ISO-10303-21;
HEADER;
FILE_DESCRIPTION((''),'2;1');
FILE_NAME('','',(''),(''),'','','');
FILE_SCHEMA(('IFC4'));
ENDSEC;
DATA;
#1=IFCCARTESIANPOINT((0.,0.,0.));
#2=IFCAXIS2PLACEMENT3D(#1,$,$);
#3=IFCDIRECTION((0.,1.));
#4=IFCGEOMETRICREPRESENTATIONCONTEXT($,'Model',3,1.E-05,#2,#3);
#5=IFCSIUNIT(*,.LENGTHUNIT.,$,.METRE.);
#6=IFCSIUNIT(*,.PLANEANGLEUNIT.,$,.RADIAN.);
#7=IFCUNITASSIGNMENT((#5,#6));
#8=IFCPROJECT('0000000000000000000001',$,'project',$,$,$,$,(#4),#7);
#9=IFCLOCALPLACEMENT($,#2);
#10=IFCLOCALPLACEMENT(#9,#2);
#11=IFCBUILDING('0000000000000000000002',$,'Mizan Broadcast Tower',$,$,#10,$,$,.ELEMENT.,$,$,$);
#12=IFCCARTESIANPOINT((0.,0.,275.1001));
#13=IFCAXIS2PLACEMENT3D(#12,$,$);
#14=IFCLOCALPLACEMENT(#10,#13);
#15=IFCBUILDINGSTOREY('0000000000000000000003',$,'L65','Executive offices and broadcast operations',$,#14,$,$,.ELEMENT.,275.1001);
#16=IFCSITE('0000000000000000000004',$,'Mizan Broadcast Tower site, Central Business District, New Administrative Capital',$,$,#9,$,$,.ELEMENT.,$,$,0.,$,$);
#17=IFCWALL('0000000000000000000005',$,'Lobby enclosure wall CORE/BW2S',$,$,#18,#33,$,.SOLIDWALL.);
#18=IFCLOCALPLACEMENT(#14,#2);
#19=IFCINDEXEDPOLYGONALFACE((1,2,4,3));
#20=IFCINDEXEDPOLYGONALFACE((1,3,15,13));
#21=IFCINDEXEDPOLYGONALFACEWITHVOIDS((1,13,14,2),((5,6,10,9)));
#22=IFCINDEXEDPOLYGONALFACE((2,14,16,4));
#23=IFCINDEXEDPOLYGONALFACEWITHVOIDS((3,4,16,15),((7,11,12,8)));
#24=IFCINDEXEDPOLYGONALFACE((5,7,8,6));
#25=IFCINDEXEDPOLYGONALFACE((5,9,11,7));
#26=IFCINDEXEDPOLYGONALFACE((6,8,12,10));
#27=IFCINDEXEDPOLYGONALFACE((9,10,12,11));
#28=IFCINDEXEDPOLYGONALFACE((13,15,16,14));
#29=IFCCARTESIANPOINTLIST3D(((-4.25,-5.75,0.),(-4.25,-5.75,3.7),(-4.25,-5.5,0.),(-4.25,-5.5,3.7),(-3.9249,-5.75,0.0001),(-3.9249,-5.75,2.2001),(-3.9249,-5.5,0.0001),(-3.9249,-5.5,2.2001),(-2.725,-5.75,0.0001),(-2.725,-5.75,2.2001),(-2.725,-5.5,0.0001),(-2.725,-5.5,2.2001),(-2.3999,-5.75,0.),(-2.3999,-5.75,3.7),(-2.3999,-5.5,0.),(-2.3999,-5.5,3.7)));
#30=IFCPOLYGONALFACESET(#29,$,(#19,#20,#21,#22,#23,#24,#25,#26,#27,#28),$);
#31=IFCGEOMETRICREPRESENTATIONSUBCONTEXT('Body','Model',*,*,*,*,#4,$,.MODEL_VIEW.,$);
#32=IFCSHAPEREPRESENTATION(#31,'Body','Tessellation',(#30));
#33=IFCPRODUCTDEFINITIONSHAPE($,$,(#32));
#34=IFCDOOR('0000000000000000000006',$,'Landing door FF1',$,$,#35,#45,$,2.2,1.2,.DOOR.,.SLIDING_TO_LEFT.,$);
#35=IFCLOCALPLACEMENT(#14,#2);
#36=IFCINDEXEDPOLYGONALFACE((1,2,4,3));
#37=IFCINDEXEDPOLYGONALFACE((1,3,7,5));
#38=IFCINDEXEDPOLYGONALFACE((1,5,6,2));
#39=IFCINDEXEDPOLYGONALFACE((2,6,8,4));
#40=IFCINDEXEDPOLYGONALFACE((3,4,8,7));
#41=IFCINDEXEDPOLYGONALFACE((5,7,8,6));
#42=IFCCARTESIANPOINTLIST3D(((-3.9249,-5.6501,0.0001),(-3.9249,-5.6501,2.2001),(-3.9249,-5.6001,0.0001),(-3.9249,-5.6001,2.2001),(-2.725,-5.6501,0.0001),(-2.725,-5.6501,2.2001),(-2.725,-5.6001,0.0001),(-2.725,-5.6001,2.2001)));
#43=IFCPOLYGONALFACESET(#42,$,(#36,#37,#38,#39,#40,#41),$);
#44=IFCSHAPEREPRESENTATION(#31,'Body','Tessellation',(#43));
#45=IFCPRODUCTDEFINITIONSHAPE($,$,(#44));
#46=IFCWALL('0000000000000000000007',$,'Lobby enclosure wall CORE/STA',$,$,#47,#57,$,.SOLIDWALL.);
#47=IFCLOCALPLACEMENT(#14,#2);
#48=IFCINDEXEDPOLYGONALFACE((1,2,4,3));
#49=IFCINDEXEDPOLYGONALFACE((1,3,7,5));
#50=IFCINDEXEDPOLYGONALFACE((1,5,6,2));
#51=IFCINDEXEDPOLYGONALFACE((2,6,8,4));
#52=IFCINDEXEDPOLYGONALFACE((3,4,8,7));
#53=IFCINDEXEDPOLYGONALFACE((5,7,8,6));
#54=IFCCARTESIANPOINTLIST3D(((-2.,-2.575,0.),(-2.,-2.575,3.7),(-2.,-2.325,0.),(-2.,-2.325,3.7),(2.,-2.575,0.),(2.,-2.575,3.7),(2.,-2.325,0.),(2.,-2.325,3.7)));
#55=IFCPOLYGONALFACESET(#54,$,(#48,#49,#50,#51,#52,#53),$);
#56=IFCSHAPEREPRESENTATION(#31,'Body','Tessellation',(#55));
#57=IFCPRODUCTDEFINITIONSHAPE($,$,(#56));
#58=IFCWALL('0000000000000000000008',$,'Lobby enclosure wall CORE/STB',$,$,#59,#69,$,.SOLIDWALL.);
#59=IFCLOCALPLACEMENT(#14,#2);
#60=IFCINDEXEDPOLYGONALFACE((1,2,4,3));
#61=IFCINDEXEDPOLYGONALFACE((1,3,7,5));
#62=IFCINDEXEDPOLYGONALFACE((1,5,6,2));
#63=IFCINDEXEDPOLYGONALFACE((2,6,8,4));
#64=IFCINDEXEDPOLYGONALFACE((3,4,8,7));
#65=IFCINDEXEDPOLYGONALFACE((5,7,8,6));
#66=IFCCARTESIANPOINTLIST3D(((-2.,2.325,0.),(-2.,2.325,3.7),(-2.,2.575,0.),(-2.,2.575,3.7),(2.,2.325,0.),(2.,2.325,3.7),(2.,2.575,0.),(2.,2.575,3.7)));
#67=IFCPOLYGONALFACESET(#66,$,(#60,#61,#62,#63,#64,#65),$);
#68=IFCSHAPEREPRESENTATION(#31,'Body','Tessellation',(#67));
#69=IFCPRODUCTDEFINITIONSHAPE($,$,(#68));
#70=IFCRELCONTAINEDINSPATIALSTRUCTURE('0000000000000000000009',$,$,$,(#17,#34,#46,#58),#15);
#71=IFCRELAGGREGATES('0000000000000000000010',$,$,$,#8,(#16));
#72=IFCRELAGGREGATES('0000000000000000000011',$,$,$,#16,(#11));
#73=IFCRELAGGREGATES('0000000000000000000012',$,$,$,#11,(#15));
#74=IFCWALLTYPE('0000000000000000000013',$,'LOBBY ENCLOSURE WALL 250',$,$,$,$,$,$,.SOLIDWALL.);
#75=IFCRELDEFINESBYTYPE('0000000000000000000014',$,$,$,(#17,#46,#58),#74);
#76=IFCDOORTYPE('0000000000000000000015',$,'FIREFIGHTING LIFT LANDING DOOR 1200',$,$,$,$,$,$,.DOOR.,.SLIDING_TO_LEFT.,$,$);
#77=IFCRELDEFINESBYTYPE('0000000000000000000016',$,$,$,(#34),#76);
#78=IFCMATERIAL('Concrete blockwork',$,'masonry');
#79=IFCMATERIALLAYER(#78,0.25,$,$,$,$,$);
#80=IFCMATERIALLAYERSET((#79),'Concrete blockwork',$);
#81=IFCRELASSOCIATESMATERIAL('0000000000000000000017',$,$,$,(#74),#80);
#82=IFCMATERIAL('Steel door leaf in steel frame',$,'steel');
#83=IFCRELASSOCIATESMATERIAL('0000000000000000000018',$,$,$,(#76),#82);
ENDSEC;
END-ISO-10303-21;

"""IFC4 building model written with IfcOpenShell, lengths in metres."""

from ifc_helpers import new_model, si_unit, direction, frame, frame_2d, origin, place, context, subcontext, project, spatial, rectangle, extrude, material, layer, layer_set, type_object, element, fill, save


model = new_model("IFC4")

# Units and contexts
model_context = context("Model", 3, precision=1e-05, world=origin(), true_north=direction((0.0, 1.0)))
body_context = subcontext(model_context, "Body", "Model", "MODEL_VIEW")
ifc_project = project(units=[si_unit("LENGTHUNIT", "METRE"), si_unit("PLANEANGLEUNIT", "RADIAN")], contexts=[model_context])

# Site, building, storey
site_placement = place(None, origin())
site = spatial("IfcSite", under=ifc_project, at=site_placement, Name="Mizan Broadcast Tower site, Central Business District, New Administrative Capital", CompositionType="ELEMENT", RefElevation=0.0)
building_placement = place(site_placement, origin())
building = spatial("IfcBuilding", under=site, at=building_placement, Name="Mizan Broadcast Tower", CompositionType="ELEMENT")
storey_placement = place(building_placement, frame((0.0, 0.0, 275.1001)))
storey = spatial("IfcBuildingStorey", under=building, at=storey_placement, Name="L65", Description="Executive offices and broadcast operations", CompositionType="ELEMENT", Elevation=275.1001)

# Shared definitions
ifc_material_1 = material(Name="Concrete blockwork", Category="masonry")
ifc_layer_1 = layer(ifc_material_1, 0.25)
ifc_layer_set_1 = layer_set([ifc_layer_1], Name="Concrete blockwork")
wall_type_1 = type_object("IfcWallType", Name="LOBBY ENCLOSURE WALL 250", PredefinedType="SOLIDWALL", material=ifc_layer_set_1)

# Wall, opening, door
wall_1_placement = place(storey_placement, frame((-4.25, -5.625, 0.0), z_axis=(0.0, 0.0, 1.0), x_axis=(1.0, 0.0, 0.0)))
wall_1 = element("IfcWall", 1, at=wall_1_placement, inside=storey, type_object=wall_type_1, Name="Lobby enclosure wall CORE/BW2S", PredefinedType="SOLIDWALL", context=body_context, shape_type="SweptSolid", body=[
    extrude(rectangle(XDim=1.8501, YDim=0.25, at=frame_2d((0.925, 0.0))), origin(), (0.0, 0.0, 1.0), 3.7),
])
opening_1_placement = place(wall_1_placement, frame((0.325, 0.0, 0.0)))
opening_1 = element("IfcOpeningElement", 2, at=opening_1_placement, cuts=wall_1, PredefinedType="OPENING", context=body_context, shape_type="SweptSolid", body=[
    extrude(rectangle(XDim=1.2, YDim=2.2, at=frame_2d((0.6001, 1.1001))), frame((0.0, 0.135, 0.0), z_axis=(0.0, -1.0, 0.0), x_axis=(1.0, 0.0, 0.0)), (0.0, 0.0, 1.0), 0.27),
])
ifc_material_2 = material(Name="Steel door leaf in steel frame", Category="steel")
door_type_1 = type_object("IfcDoorType", Name="FIREFIGHTING LIFT LANDING DOOR 1200", OperationType="SLIDING_TO_LEFT", PredefinedType="DOOR", material=ifc_material_2)
door_1_placement = place(opening_1_placement, origin())
door_1 = element("IfcDoor", 3, at=door_1_placement, inside=storey, type_object=door_type_1, Name="Landing door FF1", OperationType="SLIDING_TO_LEFT", OverallHeight=2.2, OverallWidth=1.2, PredefinedType="DOOR", context=body_context, shape_type="SweptSolid", body=[
    extrude(rectangle(XDim=1.2, YDim=2.2, at=frame_2d((0.6001, 1.1001))), frame((0.0, 0.0249, 0.0), z_axis=(0.0, -1.0, 0.0), x_axis=(1.0, 0.0, 0.0)), (0.0, 0.0, 1.0), 0.05),
])
fill(opening_1, door_1)

# Walls
for number, where, z_axis, x_axis, name in (
    (4, (-2.0, -2.45, 0.0), (0.0, 0.0, 1.0), (1.0, 0.0, 0.0), "Lobby enclosure wall CORE/STA"),
    (5, (-2.0, 2.45, 0.0), (0.0, 0.0, 1.0), (1.0, 0.0, 0.0), "Lobby enclosure wall CORE/STB"),
):
    element("IfcWall", number, at=place(storey_placement, frame(where, z_axis=z_axis, x_axis=x_axis)), inside=storey, type_object=wall_type_1, Name=name, PredefinedType="SOLIDWALL", context=body_context, shape_type="SweptSolid", body=[
        extrude(rectangle(XDim=4.0, YDim=0.25, at=frame_2d((2.0, 0.0))), origin(), (0.0, 0.0, 1.0), 3.7),
    ])

save(model, "model.ifc")
